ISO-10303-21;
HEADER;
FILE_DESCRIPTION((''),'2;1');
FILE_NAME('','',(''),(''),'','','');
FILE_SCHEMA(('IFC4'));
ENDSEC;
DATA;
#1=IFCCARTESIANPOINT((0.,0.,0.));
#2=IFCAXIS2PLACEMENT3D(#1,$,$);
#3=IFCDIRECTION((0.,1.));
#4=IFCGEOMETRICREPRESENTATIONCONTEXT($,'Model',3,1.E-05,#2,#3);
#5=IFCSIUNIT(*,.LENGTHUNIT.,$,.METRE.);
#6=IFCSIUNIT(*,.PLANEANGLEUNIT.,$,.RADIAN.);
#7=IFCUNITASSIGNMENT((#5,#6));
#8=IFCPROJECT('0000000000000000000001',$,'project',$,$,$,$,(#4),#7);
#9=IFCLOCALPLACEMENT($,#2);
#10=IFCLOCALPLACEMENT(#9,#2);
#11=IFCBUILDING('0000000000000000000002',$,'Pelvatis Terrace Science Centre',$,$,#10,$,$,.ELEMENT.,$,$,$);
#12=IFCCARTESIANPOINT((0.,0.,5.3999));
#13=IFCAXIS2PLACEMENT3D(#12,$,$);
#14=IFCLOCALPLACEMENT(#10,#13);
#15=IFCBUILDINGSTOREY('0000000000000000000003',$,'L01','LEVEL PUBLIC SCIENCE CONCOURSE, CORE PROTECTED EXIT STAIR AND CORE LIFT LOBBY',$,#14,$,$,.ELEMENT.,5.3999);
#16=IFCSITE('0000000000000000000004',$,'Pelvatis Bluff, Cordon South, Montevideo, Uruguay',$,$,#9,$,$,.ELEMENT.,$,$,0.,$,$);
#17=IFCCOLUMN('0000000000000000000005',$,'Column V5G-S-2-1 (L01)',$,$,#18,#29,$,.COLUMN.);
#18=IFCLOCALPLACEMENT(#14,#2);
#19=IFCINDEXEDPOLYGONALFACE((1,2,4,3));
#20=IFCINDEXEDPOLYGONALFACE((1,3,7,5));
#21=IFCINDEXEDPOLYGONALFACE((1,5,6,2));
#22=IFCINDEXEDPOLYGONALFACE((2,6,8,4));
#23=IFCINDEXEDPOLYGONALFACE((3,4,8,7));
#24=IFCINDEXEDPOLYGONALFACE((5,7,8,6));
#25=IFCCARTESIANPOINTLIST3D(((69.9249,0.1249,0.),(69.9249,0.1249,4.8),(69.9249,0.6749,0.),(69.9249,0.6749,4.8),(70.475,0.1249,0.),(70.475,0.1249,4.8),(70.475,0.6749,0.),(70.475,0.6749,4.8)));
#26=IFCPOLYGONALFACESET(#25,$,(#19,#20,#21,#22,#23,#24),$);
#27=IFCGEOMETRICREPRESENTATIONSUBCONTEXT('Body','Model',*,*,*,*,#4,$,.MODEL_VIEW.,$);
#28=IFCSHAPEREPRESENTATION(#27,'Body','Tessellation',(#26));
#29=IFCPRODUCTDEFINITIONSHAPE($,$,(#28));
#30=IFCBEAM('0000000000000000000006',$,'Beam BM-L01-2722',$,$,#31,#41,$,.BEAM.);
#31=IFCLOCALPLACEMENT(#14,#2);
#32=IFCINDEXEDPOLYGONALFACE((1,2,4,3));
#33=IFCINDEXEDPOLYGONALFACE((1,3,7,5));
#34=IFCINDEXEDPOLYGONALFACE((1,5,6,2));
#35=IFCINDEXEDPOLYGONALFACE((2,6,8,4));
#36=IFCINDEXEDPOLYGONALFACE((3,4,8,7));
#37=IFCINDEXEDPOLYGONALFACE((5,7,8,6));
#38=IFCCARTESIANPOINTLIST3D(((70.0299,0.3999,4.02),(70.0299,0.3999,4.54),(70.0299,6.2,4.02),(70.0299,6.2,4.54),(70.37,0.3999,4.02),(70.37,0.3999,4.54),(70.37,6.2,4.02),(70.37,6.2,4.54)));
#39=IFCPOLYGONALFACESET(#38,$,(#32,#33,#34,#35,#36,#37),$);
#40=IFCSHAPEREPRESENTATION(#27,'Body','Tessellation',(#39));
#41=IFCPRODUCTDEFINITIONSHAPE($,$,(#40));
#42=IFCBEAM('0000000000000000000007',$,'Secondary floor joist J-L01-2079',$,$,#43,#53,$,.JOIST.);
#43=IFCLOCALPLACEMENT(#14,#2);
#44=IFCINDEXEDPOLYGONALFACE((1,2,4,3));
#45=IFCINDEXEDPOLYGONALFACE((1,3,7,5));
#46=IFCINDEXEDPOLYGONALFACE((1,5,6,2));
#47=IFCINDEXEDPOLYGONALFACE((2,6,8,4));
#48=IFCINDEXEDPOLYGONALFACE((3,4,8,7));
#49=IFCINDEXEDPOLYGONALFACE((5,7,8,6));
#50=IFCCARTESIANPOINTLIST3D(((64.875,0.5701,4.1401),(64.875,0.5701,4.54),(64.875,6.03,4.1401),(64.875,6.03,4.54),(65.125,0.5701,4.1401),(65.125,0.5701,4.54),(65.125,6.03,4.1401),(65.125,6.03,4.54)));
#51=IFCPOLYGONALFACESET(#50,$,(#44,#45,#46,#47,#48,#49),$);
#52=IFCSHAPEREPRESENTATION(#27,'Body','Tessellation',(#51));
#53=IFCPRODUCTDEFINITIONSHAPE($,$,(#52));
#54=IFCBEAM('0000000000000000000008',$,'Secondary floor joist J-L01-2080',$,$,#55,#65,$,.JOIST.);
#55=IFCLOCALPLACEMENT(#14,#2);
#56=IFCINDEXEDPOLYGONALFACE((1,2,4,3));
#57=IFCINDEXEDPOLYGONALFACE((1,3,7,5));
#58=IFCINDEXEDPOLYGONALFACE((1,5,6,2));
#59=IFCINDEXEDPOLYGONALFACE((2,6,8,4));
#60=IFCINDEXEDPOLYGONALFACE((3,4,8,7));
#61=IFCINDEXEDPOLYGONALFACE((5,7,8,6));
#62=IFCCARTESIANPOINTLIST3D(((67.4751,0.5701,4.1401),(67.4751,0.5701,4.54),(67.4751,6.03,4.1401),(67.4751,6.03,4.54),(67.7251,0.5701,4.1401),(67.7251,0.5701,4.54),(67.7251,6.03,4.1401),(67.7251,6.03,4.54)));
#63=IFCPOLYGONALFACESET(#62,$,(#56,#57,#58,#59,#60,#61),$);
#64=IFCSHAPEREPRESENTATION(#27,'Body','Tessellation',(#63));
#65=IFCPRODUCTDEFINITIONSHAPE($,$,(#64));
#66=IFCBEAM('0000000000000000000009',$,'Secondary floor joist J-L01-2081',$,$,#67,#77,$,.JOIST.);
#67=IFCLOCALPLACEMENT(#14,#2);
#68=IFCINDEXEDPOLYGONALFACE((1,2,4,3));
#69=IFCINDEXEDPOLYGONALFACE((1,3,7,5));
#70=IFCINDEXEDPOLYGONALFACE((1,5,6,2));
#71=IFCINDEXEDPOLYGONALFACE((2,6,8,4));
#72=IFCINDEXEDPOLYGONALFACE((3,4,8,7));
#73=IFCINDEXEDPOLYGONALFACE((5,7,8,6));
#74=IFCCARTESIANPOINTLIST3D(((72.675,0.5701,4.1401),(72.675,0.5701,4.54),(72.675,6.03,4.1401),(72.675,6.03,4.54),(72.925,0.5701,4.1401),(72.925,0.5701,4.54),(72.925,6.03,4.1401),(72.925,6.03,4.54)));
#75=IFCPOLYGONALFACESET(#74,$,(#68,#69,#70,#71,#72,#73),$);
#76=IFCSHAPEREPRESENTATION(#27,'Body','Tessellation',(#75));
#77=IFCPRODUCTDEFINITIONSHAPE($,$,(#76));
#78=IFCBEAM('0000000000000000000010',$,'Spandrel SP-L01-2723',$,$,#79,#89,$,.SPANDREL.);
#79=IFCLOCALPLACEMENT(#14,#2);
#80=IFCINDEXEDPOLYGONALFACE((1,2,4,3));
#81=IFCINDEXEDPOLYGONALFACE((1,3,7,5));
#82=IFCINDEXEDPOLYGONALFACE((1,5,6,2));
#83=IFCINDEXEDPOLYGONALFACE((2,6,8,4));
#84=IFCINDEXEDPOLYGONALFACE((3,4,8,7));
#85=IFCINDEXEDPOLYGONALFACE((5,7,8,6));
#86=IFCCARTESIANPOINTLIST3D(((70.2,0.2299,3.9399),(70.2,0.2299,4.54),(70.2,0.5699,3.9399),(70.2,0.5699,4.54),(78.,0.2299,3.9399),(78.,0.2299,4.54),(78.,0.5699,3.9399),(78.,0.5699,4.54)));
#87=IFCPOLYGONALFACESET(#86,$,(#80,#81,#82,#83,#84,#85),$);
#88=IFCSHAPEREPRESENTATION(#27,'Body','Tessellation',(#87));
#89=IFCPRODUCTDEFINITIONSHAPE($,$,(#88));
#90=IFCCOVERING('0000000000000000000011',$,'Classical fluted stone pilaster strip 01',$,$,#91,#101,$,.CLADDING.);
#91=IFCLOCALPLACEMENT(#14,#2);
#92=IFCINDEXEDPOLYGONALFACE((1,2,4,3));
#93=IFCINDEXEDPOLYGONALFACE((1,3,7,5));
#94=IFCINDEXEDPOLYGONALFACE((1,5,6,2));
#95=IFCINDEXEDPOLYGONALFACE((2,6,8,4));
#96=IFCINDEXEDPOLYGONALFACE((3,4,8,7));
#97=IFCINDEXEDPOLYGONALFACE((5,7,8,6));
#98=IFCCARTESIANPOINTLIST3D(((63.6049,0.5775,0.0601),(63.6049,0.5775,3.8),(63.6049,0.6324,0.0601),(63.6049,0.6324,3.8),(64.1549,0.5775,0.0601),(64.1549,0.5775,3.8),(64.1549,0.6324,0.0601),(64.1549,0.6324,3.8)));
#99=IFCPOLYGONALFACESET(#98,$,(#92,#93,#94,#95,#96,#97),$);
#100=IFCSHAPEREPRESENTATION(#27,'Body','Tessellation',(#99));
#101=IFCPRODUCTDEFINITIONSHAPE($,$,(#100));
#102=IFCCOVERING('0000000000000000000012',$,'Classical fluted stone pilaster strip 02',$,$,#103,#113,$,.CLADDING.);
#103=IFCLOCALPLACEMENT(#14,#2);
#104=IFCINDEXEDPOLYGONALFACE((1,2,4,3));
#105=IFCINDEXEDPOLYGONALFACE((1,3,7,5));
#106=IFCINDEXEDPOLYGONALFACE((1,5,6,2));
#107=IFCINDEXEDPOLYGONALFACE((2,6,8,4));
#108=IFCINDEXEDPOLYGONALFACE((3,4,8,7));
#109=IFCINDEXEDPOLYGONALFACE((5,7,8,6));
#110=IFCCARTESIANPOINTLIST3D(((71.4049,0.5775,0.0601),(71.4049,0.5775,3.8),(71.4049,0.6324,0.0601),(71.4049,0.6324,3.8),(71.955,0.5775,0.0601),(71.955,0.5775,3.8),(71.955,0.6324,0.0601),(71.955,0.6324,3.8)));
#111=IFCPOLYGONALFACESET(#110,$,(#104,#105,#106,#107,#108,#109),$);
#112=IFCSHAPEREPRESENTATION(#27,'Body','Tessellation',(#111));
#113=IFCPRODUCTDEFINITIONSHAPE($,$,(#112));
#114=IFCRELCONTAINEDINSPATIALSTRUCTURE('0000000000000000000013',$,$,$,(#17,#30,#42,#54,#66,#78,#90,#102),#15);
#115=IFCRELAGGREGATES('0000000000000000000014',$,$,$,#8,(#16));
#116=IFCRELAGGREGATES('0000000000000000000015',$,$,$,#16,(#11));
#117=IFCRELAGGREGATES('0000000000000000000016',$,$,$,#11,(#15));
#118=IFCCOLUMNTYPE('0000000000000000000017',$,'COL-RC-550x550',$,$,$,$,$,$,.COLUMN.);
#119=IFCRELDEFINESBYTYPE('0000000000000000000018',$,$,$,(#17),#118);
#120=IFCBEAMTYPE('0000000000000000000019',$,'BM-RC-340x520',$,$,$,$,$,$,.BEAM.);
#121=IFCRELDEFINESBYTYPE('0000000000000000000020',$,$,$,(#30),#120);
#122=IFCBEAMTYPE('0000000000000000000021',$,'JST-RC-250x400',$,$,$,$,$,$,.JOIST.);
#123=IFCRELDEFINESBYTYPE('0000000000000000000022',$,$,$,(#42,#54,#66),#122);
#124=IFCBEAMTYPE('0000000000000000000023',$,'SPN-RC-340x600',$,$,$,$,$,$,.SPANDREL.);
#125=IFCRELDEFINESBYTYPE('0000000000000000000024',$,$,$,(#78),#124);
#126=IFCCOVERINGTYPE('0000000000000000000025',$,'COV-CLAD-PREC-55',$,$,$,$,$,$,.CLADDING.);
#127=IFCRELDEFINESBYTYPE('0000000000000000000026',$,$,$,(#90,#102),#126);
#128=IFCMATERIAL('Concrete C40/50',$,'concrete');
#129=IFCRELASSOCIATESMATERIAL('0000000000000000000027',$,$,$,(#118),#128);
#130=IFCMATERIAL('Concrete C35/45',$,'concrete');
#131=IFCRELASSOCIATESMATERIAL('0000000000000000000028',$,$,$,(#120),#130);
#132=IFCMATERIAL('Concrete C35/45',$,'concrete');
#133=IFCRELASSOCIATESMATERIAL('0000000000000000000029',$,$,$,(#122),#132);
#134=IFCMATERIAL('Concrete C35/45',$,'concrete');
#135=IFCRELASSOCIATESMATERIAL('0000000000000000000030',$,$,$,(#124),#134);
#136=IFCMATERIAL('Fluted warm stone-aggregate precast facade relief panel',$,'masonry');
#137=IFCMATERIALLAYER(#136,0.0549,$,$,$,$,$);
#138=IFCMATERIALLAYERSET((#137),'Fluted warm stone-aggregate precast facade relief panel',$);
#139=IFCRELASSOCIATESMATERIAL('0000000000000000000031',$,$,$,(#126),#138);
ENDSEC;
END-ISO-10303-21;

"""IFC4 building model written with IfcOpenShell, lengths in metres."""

from ifc_helpers import new_model, si_unit, direction, frame, origin, origin_2d, place, context, subcontext, project, spatial, rectangle, extrude, material, layer, layer_set, material_profile, profile_set, type_object, element, save


model = new_model("IFC4")

# Units and contexts
model_context = context("Model", 3, precision=1e-05, world=origin(), true_north=direction((0.0, 1.0)))
body_context = subcontext(model_context, "Body", "Model", "MODEL_VIEW")
ifc_project = project(units=[si_unit("LENGTHUNIT", "METRE"), si_unit("PLANEANGLEUNIT", "RADIAN")], contexts=[model_context])

# Site, building, storey
site_placement = place(None, origin())
site = spatial("IfcSite", under=ifc_project, at=site_placement, Name="Pelvatis Bluff, Cordon South, Montevideo, Uruguay", CompositionType="ELEMENT", RefElevation=0.0)
building_placement = place(site_placement, origin())
building = spatial("IfcBuilding", under=site, at=building_placement, Name="Pelvatis Terrace Science Centre", CompositionType="ELEMENT")
storey_placement = place(building_placement, frame((0.0, 0.0, 5.3999)))
storey = spatial("IfcBuildingStorey", under=building, at=storey_placement, Name="L01", Description="LEVEL PUBLIC SCIENCE CONCOURSE, CORE PROTECTED EXIT STAIR AND CORE LIFT LOBBY", CompositionType="ELEMENT", Elevation=5.3999)

# Column
ifc_material_1 = material(Name="Concrete C40/50", Category="concrete")
ifc_material_profile_1 = material_profile(ifc_material_1, rectangle(XDim=0.55, YDim=0.55, at=origin_2d()), Name="RC-COL 550x550")
ifc_profile_set_1 = profile_set([ifc_material_profile_1], Name="Concrete C40/50")
column_type = type_object("IfcColumnType", Name="COL-RC-550x550", PredefinedType="COLUMN", material=ifc_profile_set_1)
column_placement = place(storey_placement, frame((70.2, 0.3999, 0.0), z_axis=(0.0, 0.0, 1.0), x_axis=(1.0, 0.0, 0.0)))
element("IfcColumn", 1, at=column_placement, inside=storey, type_object=column_type, Name="Column V5G-S-2-1 (L01)", PredefinedType="COLUMN", context=body_context, shape_type="SweptSolid", body=[
    extrude(rectangle(XDim=0.55, YDim=0.55, at=origin_2d()), origin(), (0.0, 0.0, 1.0), 4.8),
])

# Beams
ifc_material_2 = material(Name="Concrete C35/45", Category="concrete")
ifc_material_profile_2 = material_profile(ifc_material_2, rectangle(XDim=0.3401, YDim=0.52, at=origin_2d()), Name="RC-BM 340x520")
ifc_profile_set_2 = profile_set([ifc_material_profile_2], Name="Concrete C35/45")
beam_type_1 = type_object("IfcBeamType", Name="BM-RC-340x520", PredefinedType="BEAM", material=ifc_profile_set_2)
beam_1_placement = place(storey_placement, frame((70.2, 0.3999, 4.28), z_axis=(0.0, 1.0, 0.0), x_axis=(-1.0, 0.0, 0.0)))
element("IfcBeam", 2, at=beam_1_placement, inside=storey, type_object=beam_type_1, Name="Beam BM-L01-2722", PredefinedType="BEAM", context=body_context, shape_type="SweptSolid", body=[
    extrude(rectangle(XDim=0.3401, YDim=0.52, at=origin_2d()), origin(), (0.0, 0.0, 1.0), 5.8),
])
ifc_material_3 = material(Name="Concrete C35/45", Category="concrete")
ifc_material_profile_3 = material_profile(ifc_material_3, rectangle(XDim=0.25, YDim=0.3999, at=origin_2d()), Name="RC-JST 250x400")
ifc_profile_set_3 = profile_set([ifc_material_profile_3], Name="Concrete C35/45")
beam_type_2 = type_object("IfcBeamType", Name="JST-RC-250x400", PredefinedType="JOIST", material=ifc_profile_set_3)
for number, where, z_axis, x_axis, name in (
    (3, (65.0, 0.5701, 4.3401), (0.0, 1.0, 0.0), (-1.0, 0.0, 0.0), "Secondary floor joist J-L01-2079"),
    (4, (67.6001, 0.5701, 4.3401), (0.0, 1.0, 0.0), (-1.0, 0.0, 0.0), "Secondary floor joist J-L01-2080"),
    (5, (72.8, 0.5701, 4.3401), (0.0, 1.0, 0.0), (-1.0, 0.0, 0.0), "Secondary floor joist J-L01-2081"),
):
    element("IfcBeam", number, at=place(storey_placement, frame(where, z_axis=z_axis, x_axis=x_axis)), inside=storey, type_object=beam_type_2, Name=name, PredefinedType="JOIST", context=body_context, shape_type="SweptSolid", body=[
        extrude(rectangle(XDim=0.25, YDim=0.3999, at=origin_2d()), origin(), (0.0, 0.0, 1.0), 5.46),
    ])
ifc_material_4 = material(Name="Concrete C35/45", Category="concrete")
ifc_material_profile_4 = material_profile(ifc_material_4, rectangle(XDim=0.3401, YDim=0.6001, at=origin_2d()), Name="RC-SPN 340x600")
ifc_profile_set_4 = profile_set([ifc_material_profile_4], Name="Concrete C35/45")
beam_type_3 = type_object("IfcBeamType", Name="SPN-RC-340x600", PredefinedType="SPANDREL", material=ifc_profile_set_4)
beam_2_placement = place(storey_placement, frame((70.2, 0.3999, 4.24), z_axis=(1.0, 0.0, 0.0), x_axis=(0.0, 1.0, 0.0)))
element("IfcBeam", 6, at=beam_2_placement, inside=storey, type_object=beam_type_3, Name="Spandrel SP-L01-2723", PredefinedType="SPANDREL", context=body_context, shape_type="SweptSolid", body=[
    extrude(rectangle(XDim=0.3401, YDim=0.6001, at=origin_2d()), origin(), (0.0, 0.0, 1.0), 7.8),
])

# Coverings
ifc_material_5 = material(Name="Fluted warm stone-aggregate precast facade relief panel", Category="masonry")
ifc_layer = layer(ifc_material_5, 0.0549)
ifc_layer_set = layer_set([ifc_layer], Name="Fluted warm stone-aggregate precast facade relief panel")
covering_type = type_object("IfcCoveringType", Name="COV-CLAD-PREC-55", PredefinedType="CLADDING", material=ifc_layer_set)
for number, where, z_axis, x_axis, name in (
    (7, (63.8799, 0.605, 0.0601), (0.0, 0.0, 1.0), (1.0, 0.0, 0.0), "Classical fluted stone pilaster strip 01"),
    (8, (71.6799, 0.605, 0.0601), (0.0, 0.0, 1.0), (1.0, 0.0, 0.0), "Classical fluted stone pilaster strip 02"),
):
    element("IfcCovering", number, at=place(storey_placement, frame(where, z_axis=z_axis, x_axis=x_axis)), inside=storey, type_object=covering_type, Name=name, PredefinedType="CLADDING", context=body_context, shape_type="SweptSolid", body=[
        extrude(rectangle(XDim=0.55, YDim=0.0549, at=origin_2d()), origin(), (0.0, 0.0, 1.0), 3.74),
    ])

save(model, "model.ifc")
